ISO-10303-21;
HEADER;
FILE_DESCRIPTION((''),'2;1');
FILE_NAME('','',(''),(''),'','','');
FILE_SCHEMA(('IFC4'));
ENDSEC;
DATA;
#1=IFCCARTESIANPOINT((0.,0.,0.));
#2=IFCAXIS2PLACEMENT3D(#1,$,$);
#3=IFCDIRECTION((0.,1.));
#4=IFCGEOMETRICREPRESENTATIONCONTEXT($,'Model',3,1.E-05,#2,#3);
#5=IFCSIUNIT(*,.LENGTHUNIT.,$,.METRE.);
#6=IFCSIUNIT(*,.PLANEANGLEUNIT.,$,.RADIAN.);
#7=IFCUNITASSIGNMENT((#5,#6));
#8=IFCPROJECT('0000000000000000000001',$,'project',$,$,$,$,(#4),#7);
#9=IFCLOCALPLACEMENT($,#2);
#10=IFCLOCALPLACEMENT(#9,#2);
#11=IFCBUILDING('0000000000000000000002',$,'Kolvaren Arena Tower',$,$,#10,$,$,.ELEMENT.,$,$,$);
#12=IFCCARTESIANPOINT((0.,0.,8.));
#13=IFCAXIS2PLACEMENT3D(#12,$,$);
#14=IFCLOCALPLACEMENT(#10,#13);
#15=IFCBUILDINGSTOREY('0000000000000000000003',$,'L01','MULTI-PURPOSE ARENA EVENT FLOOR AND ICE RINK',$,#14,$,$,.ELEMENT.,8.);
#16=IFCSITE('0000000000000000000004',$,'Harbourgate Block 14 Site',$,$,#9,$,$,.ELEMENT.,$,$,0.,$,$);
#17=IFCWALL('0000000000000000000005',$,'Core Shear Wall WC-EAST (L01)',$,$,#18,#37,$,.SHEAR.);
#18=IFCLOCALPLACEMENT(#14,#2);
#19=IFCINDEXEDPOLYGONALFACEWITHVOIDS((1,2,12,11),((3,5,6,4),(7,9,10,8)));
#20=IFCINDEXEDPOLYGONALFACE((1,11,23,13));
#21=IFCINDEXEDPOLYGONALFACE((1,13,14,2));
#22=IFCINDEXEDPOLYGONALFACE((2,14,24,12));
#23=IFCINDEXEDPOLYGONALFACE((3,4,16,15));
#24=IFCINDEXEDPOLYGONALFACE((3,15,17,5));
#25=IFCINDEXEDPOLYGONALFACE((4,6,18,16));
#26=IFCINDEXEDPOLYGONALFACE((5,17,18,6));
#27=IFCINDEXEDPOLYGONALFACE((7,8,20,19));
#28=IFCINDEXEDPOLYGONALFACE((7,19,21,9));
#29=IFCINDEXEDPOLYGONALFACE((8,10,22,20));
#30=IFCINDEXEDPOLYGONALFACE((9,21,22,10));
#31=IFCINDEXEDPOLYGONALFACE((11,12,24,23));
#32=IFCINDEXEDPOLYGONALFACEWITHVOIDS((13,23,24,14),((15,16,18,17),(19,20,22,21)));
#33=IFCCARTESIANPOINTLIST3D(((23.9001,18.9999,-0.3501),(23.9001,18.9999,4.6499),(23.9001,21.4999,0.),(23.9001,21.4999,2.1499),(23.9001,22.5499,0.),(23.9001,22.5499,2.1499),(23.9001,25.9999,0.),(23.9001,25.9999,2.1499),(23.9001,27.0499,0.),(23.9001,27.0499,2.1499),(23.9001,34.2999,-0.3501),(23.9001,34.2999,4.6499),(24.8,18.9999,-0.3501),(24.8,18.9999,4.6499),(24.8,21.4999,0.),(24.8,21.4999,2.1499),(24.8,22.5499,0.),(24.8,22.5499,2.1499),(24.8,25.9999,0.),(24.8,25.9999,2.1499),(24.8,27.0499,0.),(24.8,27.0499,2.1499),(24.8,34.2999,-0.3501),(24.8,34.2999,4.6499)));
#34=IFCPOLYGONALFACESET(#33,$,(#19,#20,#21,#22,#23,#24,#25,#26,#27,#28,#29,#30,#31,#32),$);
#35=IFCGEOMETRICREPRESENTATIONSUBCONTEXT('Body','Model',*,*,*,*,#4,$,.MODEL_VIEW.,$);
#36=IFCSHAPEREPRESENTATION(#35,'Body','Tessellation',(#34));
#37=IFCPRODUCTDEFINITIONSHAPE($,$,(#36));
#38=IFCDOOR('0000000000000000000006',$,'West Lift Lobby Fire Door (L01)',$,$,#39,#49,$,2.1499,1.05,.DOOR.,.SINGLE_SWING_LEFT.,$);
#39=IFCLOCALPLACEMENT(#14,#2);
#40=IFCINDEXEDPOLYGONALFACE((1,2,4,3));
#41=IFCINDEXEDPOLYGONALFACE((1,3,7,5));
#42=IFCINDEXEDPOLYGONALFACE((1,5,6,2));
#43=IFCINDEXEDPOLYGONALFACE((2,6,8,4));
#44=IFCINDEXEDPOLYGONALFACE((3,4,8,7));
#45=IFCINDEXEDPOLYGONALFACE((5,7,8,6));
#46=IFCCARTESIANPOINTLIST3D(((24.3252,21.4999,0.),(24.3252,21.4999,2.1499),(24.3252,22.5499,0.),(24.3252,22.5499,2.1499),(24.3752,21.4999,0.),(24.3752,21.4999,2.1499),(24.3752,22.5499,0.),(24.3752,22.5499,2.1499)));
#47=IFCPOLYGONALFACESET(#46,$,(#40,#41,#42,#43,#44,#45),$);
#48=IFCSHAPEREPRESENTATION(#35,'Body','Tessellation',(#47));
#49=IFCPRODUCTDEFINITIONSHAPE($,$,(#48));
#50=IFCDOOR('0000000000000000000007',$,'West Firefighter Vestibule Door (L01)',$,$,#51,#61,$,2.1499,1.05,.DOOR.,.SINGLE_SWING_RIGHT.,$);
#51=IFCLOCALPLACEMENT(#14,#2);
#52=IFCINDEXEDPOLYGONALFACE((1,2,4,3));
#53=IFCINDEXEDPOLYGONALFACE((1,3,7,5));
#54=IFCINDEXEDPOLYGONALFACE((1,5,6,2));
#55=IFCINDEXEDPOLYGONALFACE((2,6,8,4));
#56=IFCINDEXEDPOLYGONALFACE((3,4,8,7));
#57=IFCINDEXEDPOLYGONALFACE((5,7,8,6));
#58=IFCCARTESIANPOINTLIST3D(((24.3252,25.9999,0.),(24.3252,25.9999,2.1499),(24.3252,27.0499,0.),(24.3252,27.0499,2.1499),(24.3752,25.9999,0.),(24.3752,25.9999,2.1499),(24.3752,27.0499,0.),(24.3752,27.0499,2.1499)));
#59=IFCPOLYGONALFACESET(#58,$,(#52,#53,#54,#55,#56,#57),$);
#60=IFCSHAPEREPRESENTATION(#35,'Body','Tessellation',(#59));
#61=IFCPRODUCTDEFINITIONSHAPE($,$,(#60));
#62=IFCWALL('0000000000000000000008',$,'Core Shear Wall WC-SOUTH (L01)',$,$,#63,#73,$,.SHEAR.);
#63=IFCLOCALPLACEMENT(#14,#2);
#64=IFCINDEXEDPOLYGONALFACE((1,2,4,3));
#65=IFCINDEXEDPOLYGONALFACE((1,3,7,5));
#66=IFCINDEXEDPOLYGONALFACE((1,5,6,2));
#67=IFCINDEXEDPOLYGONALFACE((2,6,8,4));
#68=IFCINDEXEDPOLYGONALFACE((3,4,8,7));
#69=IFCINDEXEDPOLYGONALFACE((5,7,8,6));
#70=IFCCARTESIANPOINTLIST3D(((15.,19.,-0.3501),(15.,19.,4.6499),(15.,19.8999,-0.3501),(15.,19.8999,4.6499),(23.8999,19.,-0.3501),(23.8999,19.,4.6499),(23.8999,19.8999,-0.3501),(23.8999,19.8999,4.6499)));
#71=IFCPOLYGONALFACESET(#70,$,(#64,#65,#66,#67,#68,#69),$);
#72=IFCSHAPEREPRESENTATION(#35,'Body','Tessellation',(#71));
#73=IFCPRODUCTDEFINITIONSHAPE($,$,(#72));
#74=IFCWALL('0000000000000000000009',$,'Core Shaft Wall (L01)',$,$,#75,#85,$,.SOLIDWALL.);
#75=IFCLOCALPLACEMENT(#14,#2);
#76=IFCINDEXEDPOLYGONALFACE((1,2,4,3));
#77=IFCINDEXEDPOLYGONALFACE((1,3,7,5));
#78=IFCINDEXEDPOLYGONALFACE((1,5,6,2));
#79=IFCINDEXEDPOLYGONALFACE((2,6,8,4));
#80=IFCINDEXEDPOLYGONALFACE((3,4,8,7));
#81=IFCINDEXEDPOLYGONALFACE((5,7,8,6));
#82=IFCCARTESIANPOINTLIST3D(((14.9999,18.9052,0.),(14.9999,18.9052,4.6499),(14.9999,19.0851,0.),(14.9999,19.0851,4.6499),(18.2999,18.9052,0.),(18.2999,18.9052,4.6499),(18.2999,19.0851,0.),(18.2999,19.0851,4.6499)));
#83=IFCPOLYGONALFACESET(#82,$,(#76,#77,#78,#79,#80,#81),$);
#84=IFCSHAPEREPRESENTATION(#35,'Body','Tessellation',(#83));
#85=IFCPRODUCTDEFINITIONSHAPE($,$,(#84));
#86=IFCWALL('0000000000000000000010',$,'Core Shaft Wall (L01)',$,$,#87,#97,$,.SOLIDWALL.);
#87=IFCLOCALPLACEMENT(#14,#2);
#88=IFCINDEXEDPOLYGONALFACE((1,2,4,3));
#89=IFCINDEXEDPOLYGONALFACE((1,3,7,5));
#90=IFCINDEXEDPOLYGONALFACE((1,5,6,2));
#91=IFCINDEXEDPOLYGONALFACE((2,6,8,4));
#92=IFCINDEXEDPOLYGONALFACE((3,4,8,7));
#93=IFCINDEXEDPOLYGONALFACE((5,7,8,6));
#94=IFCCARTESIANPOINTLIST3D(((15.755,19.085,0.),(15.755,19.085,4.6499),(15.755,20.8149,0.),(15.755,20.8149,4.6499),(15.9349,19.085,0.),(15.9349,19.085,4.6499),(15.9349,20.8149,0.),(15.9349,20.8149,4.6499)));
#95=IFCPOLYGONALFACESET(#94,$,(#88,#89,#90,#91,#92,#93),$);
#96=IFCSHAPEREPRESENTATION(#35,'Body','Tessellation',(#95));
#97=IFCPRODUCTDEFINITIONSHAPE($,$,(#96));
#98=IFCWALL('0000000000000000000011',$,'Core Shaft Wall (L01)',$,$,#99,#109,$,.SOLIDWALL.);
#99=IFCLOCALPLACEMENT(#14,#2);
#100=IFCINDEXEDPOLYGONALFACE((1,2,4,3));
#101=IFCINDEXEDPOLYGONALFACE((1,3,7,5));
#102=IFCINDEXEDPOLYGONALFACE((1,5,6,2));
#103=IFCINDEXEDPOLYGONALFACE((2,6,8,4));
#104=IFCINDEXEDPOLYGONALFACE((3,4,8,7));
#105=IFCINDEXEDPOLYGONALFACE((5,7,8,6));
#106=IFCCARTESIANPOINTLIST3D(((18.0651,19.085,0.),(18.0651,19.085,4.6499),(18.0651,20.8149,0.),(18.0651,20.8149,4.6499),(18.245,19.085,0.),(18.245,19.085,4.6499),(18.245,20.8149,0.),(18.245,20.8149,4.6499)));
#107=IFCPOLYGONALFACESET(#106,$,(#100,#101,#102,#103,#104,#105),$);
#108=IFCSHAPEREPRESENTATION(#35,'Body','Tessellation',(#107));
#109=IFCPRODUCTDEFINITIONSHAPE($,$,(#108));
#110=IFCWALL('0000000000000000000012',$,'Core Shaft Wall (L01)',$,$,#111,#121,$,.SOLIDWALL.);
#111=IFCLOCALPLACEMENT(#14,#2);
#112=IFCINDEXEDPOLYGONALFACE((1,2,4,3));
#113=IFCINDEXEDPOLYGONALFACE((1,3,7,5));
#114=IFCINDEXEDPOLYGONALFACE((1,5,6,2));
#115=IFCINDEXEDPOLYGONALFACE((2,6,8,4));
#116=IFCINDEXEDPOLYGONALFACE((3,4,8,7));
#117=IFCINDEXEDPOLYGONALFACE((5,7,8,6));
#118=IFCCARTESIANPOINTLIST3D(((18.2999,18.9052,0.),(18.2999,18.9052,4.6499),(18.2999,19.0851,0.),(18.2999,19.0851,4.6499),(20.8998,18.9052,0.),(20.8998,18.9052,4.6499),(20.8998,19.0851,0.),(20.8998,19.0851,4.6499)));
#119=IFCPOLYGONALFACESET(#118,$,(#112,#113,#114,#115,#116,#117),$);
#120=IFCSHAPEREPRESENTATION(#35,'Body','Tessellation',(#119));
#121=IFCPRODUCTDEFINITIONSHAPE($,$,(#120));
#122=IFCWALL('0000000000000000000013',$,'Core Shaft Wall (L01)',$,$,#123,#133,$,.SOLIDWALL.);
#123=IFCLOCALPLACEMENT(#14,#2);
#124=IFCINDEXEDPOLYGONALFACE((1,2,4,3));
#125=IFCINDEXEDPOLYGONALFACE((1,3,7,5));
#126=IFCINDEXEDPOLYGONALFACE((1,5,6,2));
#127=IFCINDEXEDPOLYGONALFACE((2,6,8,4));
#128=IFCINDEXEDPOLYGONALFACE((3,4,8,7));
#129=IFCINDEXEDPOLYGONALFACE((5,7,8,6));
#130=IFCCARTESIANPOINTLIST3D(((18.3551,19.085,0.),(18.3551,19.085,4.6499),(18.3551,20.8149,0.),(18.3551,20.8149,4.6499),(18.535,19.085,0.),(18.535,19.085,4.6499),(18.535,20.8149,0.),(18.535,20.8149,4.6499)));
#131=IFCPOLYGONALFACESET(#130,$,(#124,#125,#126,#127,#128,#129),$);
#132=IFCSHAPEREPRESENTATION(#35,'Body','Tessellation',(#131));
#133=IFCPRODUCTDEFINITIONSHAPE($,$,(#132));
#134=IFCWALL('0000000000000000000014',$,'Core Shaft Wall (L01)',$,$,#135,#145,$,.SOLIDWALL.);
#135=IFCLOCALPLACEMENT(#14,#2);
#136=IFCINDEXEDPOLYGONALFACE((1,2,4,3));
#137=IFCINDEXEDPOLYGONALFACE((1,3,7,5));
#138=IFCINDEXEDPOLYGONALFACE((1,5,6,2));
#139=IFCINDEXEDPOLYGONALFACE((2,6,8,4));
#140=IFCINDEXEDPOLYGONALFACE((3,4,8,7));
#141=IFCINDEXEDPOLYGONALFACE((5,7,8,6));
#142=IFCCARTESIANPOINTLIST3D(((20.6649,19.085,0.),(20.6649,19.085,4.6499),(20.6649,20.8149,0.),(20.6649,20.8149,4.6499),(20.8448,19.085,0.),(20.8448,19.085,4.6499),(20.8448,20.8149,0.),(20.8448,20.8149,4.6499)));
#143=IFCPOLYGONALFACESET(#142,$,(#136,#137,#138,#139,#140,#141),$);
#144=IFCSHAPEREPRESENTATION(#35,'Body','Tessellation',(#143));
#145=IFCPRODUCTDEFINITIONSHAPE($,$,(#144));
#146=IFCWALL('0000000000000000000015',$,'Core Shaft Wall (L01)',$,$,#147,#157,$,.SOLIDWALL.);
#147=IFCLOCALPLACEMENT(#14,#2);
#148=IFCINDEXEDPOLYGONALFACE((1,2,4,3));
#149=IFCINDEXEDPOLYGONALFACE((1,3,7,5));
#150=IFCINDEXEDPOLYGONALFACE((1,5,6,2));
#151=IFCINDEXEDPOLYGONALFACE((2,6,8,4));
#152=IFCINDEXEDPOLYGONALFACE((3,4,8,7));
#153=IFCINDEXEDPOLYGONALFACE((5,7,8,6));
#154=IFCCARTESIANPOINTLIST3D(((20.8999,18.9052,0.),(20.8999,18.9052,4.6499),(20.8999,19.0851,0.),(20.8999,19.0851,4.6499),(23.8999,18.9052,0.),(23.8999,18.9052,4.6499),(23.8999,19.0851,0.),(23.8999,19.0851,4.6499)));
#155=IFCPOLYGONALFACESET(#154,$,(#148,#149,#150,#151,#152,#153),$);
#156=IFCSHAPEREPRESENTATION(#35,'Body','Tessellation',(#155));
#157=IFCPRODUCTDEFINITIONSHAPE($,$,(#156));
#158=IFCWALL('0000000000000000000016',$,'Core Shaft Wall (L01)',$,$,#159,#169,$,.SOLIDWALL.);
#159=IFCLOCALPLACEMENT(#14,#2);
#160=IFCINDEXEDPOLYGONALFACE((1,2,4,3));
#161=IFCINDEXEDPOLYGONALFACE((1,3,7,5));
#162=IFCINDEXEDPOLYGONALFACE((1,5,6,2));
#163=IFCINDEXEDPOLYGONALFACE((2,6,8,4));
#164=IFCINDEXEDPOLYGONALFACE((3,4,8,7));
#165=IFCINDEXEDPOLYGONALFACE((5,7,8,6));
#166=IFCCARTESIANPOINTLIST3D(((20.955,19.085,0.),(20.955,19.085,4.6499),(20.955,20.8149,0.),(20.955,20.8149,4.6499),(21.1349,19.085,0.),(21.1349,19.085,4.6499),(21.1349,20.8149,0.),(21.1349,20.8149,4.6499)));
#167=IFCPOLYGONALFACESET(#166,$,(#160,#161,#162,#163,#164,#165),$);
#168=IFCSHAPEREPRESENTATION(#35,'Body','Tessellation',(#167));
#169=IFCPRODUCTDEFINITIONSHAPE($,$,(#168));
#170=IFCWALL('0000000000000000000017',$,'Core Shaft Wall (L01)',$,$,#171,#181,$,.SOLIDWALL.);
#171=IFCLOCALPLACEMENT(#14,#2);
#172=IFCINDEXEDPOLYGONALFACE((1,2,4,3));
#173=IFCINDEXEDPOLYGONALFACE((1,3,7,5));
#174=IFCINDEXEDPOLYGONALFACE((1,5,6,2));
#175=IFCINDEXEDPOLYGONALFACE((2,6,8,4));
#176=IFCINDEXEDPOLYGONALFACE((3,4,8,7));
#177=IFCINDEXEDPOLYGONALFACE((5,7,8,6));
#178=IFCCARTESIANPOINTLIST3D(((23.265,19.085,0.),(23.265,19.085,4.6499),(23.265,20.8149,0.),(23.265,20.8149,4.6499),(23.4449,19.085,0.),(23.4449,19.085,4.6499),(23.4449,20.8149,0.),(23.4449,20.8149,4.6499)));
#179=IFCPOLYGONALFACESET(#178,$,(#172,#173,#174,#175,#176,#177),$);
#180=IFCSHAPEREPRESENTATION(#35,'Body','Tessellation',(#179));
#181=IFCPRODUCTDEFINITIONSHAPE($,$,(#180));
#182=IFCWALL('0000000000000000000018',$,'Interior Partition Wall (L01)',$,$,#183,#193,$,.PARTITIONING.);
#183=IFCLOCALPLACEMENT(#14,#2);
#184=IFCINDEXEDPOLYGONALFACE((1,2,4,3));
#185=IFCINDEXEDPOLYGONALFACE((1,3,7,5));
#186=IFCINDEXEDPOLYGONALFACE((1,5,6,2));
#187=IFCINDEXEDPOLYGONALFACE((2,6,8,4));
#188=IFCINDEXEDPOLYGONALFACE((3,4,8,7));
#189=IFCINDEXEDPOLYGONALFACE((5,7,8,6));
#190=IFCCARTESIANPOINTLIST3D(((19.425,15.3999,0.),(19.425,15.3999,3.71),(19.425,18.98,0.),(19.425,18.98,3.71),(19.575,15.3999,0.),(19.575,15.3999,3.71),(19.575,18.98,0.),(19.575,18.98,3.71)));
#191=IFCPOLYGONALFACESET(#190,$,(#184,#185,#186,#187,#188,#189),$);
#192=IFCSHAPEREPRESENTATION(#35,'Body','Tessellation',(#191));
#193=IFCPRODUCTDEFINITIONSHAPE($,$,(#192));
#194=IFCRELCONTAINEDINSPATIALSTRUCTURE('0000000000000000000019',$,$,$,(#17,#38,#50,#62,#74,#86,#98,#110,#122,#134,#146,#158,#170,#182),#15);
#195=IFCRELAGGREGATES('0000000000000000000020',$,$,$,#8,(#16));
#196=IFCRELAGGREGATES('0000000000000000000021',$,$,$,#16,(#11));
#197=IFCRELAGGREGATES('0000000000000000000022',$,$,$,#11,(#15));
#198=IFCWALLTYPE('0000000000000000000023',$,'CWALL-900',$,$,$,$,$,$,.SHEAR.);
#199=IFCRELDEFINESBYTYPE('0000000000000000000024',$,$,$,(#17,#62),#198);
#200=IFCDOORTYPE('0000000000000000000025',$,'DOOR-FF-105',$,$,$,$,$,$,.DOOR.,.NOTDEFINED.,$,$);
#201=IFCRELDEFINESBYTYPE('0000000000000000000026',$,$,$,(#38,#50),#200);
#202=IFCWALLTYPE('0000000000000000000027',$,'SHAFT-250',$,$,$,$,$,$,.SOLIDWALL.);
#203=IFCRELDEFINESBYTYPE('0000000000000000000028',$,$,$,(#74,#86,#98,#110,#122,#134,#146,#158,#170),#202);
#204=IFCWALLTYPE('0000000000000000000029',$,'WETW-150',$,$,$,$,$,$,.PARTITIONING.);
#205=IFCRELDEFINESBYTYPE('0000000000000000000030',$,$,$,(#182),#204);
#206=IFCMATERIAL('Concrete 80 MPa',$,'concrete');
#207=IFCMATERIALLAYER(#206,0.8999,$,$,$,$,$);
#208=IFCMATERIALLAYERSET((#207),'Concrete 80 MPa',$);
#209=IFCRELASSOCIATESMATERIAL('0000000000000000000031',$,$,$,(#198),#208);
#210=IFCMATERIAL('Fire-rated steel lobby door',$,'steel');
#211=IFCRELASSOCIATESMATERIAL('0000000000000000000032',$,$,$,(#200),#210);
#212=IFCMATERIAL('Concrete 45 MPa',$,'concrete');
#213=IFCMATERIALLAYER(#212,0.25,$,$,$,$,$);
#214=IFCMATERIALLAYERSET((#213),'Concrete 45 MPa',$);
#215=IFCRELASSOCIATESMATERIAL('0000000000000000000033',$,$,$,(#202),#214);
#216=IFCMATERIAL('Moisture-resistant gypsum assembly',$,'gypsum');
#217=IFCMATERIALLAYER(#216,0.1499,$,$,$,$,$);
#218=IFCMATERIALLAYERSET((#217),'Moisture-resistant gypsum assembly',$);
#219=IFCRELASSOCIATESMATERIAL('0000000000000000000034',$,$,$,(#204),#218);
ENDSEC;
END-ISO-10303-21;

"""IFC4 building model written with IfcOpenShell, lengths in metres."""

from ifc_helpers import new_model, si_unit, direction, frame, frame_2d, origin, place, context, subcontext, project, spatial, rectangle, extrude, material, layer, layer_set, type_object, element, fill, save


model = new_model("IFC4")

# Units and contexts
model_context = context("Model", 3, precision=1e-05, world=origin(), true_north=direction((0.0, 1.0)))
body_context = subcontext(model_context, "Body", "Model", "MODEL_VIEW")
ifc_project = project(units=[si_unit("LENGTHUNIT", "METRE"), si_unit("PLANEANGLEUNIT", "RADIAN")], contexts=[model_context])

# Site, building, storey
site_placement = place(None, origin())
site = spatial("IfcSite", under=ifc_project, at=site_placement, Name="Harbourgate Block 14 Site", CompositionType="ELEMENT", RefElevation=0.0)
building_placement = place(site_placement, origin())
building = spatial("IfcBuilding", under=site, at=building_placement, Name="Kolvaren Arena Tower", CompositionType="ELEMENT")
storey_placement = place(building_placement, frame((0.0, 0.0, 8.0)))
storey = spatial("IfcBuildingStorey", under=building, at=storey_placement, Name="L01", Description="MULTI-PURPOSE ARENA EVENT FLOOR AND ICE RINK", CompositionType="ELEMENT", Elevation=8.0)

# Shared definitions
ifc_material_1 = material(Name="Concrete 80 MPa", Category="concrete")
ifc_layer_1 = layer(ifc_material_1, 0.8999)
ifc_layer_set_1 = layer_set([ifc_layer_1], Name="Concrete 80 MPa")
wall_type_1 = type_object("IfcWallType", Name="CWALL-900", PredefinedType="SHEAR", material=ifc_layer_set_1)

# Wall, openings, doors
wall_1_placement = place(storey_placement, frame((24.3501, 19.0, -0.3501), z_axis=(0.0, 0.0, 1.0), x_axis=(0.0, 1.0, 0.0)))
wall_1 = element("IfcWall", 1, at=wall_1_placement, inside=storey, type_object=wall_type_1, Name="Core Shear Wall WC-EAST (L01)", PredefinedType="SHEAR", context=body_context, shape_type="SweptSolid", body=[
    extrude(rectangle(XDim=15.3, YDim=0.8999, at=frame_2d((7.6499, 0.0))), origin(), (0.0, 0.0, 1.0), 5.0),
])
opening_1_placement = place(wall_1_placement, frame((2.5, 0.0, 0.3501)))
opening_1 = element("IfcOpeningElement", 2, at=opening_1_placement, cuts=wall_1, PredefinedType="OPENING", context=body_context, shape_type="SweptSolid", body=[
    extrude(rectangle(XDim=1.05, YDim=2.1499, at=frame_2d((0.5249, 1.075))), frame((0.0, 0.46, 0.0), z_axis=(0.0, -1.0, 0.0), x_axis=(1.0, 0.0, 0.0)), (0.0, 0.0, 1.0), 0.9199),
])
opening_2_placement = place(wall_1_placement, frame((7.0, 0.0, 0.3501)))
opening_2 = element("IfcOpeningElement", 3, at=opening_2_placement, cuts=wall_1, PredefinedType="OPENING", context=body_context, shape_type="SweptSolid", body=[
    extrude(rectangle(XDim=1.05, YDim=2.1499, at=frame_2d((0.5249, 1.075))), frame((0.0, 0.46, 0.0), z_axis=(0.0, -1.0, 0.0), x_axis=(1.0, 0.0, 0.0)), (0.0, 0.0, 1.0), 0.9199),
])
ifc_material_2 = material(Name="Fire-rated steel lobby door", Category="steel")
door_type_1 = type_object("IfcDoorType", Name="DOOR-FF-105", OperationType="NOTDEFINED", PredefinedType="DOOR", material=ifc_material_2)
door_1_placement = place(opening_1_placement, origin())
door_1 = element("IfcDoor", 4, at=door_1_placement, inside=storey, type_object=door_type_1, Name="West Lift Lobby Fire Door (L01)", OperationType="SINGLE_SWING_LEFT", OverallHeight=2.1499, OverallWidth=1.05, PredefinedType="DOOR", context=body_context, shape_type="SweptSolid", body=[
    extrude(rectangle(XDim=1.05, YDim=2.1499, at=frame_2d((0.5249, 1.075))), frame((0.0, 0.0249, 0.0), z_axis=(0.0, -1.0, 0.0), x_axis=(1.0, 0.0, 0.0)), (0.0, 0.0, 1.0), 0.05),
])
fill(opening_1, door_1)
door_2_placement = place(opening_2_placement, origin())
door_2 = element("IfcDoor", 5, at=door_2_placement, inside=storey, type_object=door_type_1, Name="West Firefighter Vestibule Door (L01)", OperationType="SINGLE_SWING_RIGHT", OverallHeight=2.1499, OverallWidth=1.05, PredefinedType="DOOR", context=body_context, shape_type="SweptSolid", body=[
    extrude(rectangle(XDim=1.05, YDim=2.1499, at=frame_2d((0.5249, 1.075))), frame((0.0, 0.0249, 0.0), z_axis=(0.0, -1.0, 0.0), x_axis=(1.0, 0.0, 0.0)), (0.0, 0.0, 1.0), 0.05),
])
fill(opening_2, door_2)

# Walls
wall_2_placement = place(storey_placement, frame((15.0, 19.45, -0.3501), z_axis=(0.0, 0.0, 1.0), x_axis=(1.0, 0.0, 0.0)))
element("IfcWall", 6, at=wall_2_placement, inside=storey, type_object=wall_type_1, Name="Core Shear Wall WC-SOUTH (L01)", PredefinedType="SHEAR", context=body_context, shape_type="SweptSolid", body=[
    extrude(rectangle(XDim=8.8999, YDim=0.8999, at=frame_2d((4.45, 0.0))), origin(), (0.0, 0.0, 1.0), 5.0),
])
ifc_material_3 = material(Name="Concrete 45 MPa", Category="concrete")
ifc_layer_2 = layer(ifc_material_3, 0.25)
ifc_layer_set_2 = layer_set([ifc_layer_2], Name="Concrete 45 MPa")
wall_type_2 = type_object("IfcWallType", Name="SHAFT-250", PredefinedType="SOLIDWALL", material=ifc_layer_set_2)
wall_3_placement = place(storey_placement, frame((15.0, 18.9951, 0.0), z_axis=(0.0, 0.0, 1.0), x_axis=(1.0, 0.0, 0.0)))
element("IfcWall", 7, at=wall_3_placement, inside=storey, type_object=wall_type_2, Name="Core Shaft Wall (L01)", PredefinedType="SOLIDWALL", context=body_context, shape_type="SweptSolid", body=[
    extrude(rectangle(XDim=3.3, YDim=0.1799, at=frame_2d((1.6499, 0.0))), origin(), (0.0, 0.0, 1.0), 4.6499),
])
for number, where, z_axis, x_axis, name in (
    (8, (15.845, 19.085, 0.0), (0.0, 0.0, 1.0), (0.0, 1.0, 0.0), "Core Shaft Wall (L01)"),
    (9, (18.155, 19.085, 0.0), (0.0, 0.0, 1.0), (0.0, 1.0, 0.0), "Core Shaft Wall (L01)"),
):
    element("IfcWall", number, at=place(storey_placement, frame(where, z_axis=z_axis, x_axis=x_axis)), inside=storey, type_object=wall_type_2, Name=name, PredefinedType="SOLIDWALL", context=body_context, shape_type="SweptSolid", body=[
        extrude(rectangle(XDim=1.73, YDim=0.1799, at=frame_2d((0.865, 0.0))), origin(), (0.0, 0.0, 1.0), 4.6499),
    ])
wall_4_placement = place(storey_placement, frame((18.3, 18.9951, 0.0), z_axis=(0.0, 0.0, 1.0), x_axis=(1.0, 0.0, 0.0)))
element("IfcWall", 10, at=wall_4_placement, inside=storey, type_object=wall_type_2, Name="Core Shaft Wall (L01)", PredefinedType="SOLIDWALL", context=body_context, shape_type="SweptSolid", body=[
    extrude(rectangle(XDim=2.5999, YDim=0.1799, at=frame_2d((1.2998, 0.0))), origin(), (0.0, 0.0, 1.0), 4.6499),
])
for number, where, z_axis, x_axis, name in (
    (11, (18.4451, 19.085, 0.0), (0.0, 0.0, 1.0), (0.0, 1.0, 0.0), "Core Shaft Wall (L01)"),
    (12, (20.7549, 19.085, 0.0), (0.0, 0.0, 1.0), (0.0, 1.0, 0.0), "Core Shaft Wall (L01)"),
):
    element("IfcWall", number, at=place(storey_placement, frame(where, z_axis=z_axis, x_axis=x_axis)), inside=storey, type_object=wall_type_2, Name=name, PredefinedType="SOLIDWALL", context=body_context, shape_type="SweptSolid", body=[
        extrude(rectangle(XDim=1.73, YDim=0.1799, at=frame_2d((0.865, 0.0))), origin(), (0.0, 0.0, 1.0), 4.6499),
    ])
wall_5_placement = place(storey_placement, frame((20.8999, 18.9951, 0.0), z_axis=(0.0, 0.0, 1.0), x_axis=(1.0, 0.0, 0.0)))
element("IfcWall", 13, at=wall_5_placement, inside=storey, type_object=wall_type_2, Name="Core Shaft Wall (L01)", PredefinedType="SOLIDWALL", context=body_context, shape_type="SweptSolid", body=[
    extrude(rectangle(XDim=3.0, YDim=0.1799, at=frame_2d((1.5, 0.0))), origin(), (0.0, 0.0, 1.0), 4.6499),
])
for number, where, z_axis, x_axis, name in (
    (14, (21.0449, 19.085, 0.0), (0.0, 0.0, 1.0), (0.0, 1.0, 0.0), "Core Shaft Wall (L01)"),
    (15, (23.355, 19.085, 0.0), (0.0, 0.0, 1.0), (0.0, 1.0, 0.0), "Core Shaft Wall (L01)"),
):
    element("IfcWall", number, at=place(storey_placement, frame(where, z_axis=z_axis, x_axis=x_axis)), inside=storey, type_object=wall_type_2, Name=name, PredefinedType="SOLIDWALL", context=body_context, shape_type="SweptSolid", body=[
        extrude(rectangle(XDim=1.73, YDim=0.1799, at=frame_2d((0.865, 0.0))), origin(), (0.0, 0.0, 1.0), 4.6499),
    ])
ifc_material_4 = material(Name="Moisture-resistant gypsum assembly", Category="gypsum")
ifc_layer_3 = layer(ifc_material_4, 0.1499)
ifc_layer_set_3 = layer_set([ifc_layer_3], Name="Moisture-resistant gypsum assembly")
wall_type_3 = type_object("IfcWallType", Name="WETW-150", PredefinedType="PARTITIONING", material=ifc_layer_set_3)
wall_6_placement = place(storey_placement, frame((19.5, 15.3999, 0.0), z_axis=(0.0, 0.0, 1.0), x_axis=(0.0, 1.0, 0.0)))
element("IfcWall", 16, at=wall_6_placement, inside=storey, type_object=wall_type_3, Name="Interior Partition Wall (L01)", PredefinedType="PARTITIONING", context=body_context, shape_type="SweptSolid", body=[
    extrude(rectangle(XDim=3.5801, YDim=0.1499, at=frame_2d((1.79, 0.0))), origin(), (0.0, 0.0, 1.0), 3.71),
])

save(model, "model.ifc")
